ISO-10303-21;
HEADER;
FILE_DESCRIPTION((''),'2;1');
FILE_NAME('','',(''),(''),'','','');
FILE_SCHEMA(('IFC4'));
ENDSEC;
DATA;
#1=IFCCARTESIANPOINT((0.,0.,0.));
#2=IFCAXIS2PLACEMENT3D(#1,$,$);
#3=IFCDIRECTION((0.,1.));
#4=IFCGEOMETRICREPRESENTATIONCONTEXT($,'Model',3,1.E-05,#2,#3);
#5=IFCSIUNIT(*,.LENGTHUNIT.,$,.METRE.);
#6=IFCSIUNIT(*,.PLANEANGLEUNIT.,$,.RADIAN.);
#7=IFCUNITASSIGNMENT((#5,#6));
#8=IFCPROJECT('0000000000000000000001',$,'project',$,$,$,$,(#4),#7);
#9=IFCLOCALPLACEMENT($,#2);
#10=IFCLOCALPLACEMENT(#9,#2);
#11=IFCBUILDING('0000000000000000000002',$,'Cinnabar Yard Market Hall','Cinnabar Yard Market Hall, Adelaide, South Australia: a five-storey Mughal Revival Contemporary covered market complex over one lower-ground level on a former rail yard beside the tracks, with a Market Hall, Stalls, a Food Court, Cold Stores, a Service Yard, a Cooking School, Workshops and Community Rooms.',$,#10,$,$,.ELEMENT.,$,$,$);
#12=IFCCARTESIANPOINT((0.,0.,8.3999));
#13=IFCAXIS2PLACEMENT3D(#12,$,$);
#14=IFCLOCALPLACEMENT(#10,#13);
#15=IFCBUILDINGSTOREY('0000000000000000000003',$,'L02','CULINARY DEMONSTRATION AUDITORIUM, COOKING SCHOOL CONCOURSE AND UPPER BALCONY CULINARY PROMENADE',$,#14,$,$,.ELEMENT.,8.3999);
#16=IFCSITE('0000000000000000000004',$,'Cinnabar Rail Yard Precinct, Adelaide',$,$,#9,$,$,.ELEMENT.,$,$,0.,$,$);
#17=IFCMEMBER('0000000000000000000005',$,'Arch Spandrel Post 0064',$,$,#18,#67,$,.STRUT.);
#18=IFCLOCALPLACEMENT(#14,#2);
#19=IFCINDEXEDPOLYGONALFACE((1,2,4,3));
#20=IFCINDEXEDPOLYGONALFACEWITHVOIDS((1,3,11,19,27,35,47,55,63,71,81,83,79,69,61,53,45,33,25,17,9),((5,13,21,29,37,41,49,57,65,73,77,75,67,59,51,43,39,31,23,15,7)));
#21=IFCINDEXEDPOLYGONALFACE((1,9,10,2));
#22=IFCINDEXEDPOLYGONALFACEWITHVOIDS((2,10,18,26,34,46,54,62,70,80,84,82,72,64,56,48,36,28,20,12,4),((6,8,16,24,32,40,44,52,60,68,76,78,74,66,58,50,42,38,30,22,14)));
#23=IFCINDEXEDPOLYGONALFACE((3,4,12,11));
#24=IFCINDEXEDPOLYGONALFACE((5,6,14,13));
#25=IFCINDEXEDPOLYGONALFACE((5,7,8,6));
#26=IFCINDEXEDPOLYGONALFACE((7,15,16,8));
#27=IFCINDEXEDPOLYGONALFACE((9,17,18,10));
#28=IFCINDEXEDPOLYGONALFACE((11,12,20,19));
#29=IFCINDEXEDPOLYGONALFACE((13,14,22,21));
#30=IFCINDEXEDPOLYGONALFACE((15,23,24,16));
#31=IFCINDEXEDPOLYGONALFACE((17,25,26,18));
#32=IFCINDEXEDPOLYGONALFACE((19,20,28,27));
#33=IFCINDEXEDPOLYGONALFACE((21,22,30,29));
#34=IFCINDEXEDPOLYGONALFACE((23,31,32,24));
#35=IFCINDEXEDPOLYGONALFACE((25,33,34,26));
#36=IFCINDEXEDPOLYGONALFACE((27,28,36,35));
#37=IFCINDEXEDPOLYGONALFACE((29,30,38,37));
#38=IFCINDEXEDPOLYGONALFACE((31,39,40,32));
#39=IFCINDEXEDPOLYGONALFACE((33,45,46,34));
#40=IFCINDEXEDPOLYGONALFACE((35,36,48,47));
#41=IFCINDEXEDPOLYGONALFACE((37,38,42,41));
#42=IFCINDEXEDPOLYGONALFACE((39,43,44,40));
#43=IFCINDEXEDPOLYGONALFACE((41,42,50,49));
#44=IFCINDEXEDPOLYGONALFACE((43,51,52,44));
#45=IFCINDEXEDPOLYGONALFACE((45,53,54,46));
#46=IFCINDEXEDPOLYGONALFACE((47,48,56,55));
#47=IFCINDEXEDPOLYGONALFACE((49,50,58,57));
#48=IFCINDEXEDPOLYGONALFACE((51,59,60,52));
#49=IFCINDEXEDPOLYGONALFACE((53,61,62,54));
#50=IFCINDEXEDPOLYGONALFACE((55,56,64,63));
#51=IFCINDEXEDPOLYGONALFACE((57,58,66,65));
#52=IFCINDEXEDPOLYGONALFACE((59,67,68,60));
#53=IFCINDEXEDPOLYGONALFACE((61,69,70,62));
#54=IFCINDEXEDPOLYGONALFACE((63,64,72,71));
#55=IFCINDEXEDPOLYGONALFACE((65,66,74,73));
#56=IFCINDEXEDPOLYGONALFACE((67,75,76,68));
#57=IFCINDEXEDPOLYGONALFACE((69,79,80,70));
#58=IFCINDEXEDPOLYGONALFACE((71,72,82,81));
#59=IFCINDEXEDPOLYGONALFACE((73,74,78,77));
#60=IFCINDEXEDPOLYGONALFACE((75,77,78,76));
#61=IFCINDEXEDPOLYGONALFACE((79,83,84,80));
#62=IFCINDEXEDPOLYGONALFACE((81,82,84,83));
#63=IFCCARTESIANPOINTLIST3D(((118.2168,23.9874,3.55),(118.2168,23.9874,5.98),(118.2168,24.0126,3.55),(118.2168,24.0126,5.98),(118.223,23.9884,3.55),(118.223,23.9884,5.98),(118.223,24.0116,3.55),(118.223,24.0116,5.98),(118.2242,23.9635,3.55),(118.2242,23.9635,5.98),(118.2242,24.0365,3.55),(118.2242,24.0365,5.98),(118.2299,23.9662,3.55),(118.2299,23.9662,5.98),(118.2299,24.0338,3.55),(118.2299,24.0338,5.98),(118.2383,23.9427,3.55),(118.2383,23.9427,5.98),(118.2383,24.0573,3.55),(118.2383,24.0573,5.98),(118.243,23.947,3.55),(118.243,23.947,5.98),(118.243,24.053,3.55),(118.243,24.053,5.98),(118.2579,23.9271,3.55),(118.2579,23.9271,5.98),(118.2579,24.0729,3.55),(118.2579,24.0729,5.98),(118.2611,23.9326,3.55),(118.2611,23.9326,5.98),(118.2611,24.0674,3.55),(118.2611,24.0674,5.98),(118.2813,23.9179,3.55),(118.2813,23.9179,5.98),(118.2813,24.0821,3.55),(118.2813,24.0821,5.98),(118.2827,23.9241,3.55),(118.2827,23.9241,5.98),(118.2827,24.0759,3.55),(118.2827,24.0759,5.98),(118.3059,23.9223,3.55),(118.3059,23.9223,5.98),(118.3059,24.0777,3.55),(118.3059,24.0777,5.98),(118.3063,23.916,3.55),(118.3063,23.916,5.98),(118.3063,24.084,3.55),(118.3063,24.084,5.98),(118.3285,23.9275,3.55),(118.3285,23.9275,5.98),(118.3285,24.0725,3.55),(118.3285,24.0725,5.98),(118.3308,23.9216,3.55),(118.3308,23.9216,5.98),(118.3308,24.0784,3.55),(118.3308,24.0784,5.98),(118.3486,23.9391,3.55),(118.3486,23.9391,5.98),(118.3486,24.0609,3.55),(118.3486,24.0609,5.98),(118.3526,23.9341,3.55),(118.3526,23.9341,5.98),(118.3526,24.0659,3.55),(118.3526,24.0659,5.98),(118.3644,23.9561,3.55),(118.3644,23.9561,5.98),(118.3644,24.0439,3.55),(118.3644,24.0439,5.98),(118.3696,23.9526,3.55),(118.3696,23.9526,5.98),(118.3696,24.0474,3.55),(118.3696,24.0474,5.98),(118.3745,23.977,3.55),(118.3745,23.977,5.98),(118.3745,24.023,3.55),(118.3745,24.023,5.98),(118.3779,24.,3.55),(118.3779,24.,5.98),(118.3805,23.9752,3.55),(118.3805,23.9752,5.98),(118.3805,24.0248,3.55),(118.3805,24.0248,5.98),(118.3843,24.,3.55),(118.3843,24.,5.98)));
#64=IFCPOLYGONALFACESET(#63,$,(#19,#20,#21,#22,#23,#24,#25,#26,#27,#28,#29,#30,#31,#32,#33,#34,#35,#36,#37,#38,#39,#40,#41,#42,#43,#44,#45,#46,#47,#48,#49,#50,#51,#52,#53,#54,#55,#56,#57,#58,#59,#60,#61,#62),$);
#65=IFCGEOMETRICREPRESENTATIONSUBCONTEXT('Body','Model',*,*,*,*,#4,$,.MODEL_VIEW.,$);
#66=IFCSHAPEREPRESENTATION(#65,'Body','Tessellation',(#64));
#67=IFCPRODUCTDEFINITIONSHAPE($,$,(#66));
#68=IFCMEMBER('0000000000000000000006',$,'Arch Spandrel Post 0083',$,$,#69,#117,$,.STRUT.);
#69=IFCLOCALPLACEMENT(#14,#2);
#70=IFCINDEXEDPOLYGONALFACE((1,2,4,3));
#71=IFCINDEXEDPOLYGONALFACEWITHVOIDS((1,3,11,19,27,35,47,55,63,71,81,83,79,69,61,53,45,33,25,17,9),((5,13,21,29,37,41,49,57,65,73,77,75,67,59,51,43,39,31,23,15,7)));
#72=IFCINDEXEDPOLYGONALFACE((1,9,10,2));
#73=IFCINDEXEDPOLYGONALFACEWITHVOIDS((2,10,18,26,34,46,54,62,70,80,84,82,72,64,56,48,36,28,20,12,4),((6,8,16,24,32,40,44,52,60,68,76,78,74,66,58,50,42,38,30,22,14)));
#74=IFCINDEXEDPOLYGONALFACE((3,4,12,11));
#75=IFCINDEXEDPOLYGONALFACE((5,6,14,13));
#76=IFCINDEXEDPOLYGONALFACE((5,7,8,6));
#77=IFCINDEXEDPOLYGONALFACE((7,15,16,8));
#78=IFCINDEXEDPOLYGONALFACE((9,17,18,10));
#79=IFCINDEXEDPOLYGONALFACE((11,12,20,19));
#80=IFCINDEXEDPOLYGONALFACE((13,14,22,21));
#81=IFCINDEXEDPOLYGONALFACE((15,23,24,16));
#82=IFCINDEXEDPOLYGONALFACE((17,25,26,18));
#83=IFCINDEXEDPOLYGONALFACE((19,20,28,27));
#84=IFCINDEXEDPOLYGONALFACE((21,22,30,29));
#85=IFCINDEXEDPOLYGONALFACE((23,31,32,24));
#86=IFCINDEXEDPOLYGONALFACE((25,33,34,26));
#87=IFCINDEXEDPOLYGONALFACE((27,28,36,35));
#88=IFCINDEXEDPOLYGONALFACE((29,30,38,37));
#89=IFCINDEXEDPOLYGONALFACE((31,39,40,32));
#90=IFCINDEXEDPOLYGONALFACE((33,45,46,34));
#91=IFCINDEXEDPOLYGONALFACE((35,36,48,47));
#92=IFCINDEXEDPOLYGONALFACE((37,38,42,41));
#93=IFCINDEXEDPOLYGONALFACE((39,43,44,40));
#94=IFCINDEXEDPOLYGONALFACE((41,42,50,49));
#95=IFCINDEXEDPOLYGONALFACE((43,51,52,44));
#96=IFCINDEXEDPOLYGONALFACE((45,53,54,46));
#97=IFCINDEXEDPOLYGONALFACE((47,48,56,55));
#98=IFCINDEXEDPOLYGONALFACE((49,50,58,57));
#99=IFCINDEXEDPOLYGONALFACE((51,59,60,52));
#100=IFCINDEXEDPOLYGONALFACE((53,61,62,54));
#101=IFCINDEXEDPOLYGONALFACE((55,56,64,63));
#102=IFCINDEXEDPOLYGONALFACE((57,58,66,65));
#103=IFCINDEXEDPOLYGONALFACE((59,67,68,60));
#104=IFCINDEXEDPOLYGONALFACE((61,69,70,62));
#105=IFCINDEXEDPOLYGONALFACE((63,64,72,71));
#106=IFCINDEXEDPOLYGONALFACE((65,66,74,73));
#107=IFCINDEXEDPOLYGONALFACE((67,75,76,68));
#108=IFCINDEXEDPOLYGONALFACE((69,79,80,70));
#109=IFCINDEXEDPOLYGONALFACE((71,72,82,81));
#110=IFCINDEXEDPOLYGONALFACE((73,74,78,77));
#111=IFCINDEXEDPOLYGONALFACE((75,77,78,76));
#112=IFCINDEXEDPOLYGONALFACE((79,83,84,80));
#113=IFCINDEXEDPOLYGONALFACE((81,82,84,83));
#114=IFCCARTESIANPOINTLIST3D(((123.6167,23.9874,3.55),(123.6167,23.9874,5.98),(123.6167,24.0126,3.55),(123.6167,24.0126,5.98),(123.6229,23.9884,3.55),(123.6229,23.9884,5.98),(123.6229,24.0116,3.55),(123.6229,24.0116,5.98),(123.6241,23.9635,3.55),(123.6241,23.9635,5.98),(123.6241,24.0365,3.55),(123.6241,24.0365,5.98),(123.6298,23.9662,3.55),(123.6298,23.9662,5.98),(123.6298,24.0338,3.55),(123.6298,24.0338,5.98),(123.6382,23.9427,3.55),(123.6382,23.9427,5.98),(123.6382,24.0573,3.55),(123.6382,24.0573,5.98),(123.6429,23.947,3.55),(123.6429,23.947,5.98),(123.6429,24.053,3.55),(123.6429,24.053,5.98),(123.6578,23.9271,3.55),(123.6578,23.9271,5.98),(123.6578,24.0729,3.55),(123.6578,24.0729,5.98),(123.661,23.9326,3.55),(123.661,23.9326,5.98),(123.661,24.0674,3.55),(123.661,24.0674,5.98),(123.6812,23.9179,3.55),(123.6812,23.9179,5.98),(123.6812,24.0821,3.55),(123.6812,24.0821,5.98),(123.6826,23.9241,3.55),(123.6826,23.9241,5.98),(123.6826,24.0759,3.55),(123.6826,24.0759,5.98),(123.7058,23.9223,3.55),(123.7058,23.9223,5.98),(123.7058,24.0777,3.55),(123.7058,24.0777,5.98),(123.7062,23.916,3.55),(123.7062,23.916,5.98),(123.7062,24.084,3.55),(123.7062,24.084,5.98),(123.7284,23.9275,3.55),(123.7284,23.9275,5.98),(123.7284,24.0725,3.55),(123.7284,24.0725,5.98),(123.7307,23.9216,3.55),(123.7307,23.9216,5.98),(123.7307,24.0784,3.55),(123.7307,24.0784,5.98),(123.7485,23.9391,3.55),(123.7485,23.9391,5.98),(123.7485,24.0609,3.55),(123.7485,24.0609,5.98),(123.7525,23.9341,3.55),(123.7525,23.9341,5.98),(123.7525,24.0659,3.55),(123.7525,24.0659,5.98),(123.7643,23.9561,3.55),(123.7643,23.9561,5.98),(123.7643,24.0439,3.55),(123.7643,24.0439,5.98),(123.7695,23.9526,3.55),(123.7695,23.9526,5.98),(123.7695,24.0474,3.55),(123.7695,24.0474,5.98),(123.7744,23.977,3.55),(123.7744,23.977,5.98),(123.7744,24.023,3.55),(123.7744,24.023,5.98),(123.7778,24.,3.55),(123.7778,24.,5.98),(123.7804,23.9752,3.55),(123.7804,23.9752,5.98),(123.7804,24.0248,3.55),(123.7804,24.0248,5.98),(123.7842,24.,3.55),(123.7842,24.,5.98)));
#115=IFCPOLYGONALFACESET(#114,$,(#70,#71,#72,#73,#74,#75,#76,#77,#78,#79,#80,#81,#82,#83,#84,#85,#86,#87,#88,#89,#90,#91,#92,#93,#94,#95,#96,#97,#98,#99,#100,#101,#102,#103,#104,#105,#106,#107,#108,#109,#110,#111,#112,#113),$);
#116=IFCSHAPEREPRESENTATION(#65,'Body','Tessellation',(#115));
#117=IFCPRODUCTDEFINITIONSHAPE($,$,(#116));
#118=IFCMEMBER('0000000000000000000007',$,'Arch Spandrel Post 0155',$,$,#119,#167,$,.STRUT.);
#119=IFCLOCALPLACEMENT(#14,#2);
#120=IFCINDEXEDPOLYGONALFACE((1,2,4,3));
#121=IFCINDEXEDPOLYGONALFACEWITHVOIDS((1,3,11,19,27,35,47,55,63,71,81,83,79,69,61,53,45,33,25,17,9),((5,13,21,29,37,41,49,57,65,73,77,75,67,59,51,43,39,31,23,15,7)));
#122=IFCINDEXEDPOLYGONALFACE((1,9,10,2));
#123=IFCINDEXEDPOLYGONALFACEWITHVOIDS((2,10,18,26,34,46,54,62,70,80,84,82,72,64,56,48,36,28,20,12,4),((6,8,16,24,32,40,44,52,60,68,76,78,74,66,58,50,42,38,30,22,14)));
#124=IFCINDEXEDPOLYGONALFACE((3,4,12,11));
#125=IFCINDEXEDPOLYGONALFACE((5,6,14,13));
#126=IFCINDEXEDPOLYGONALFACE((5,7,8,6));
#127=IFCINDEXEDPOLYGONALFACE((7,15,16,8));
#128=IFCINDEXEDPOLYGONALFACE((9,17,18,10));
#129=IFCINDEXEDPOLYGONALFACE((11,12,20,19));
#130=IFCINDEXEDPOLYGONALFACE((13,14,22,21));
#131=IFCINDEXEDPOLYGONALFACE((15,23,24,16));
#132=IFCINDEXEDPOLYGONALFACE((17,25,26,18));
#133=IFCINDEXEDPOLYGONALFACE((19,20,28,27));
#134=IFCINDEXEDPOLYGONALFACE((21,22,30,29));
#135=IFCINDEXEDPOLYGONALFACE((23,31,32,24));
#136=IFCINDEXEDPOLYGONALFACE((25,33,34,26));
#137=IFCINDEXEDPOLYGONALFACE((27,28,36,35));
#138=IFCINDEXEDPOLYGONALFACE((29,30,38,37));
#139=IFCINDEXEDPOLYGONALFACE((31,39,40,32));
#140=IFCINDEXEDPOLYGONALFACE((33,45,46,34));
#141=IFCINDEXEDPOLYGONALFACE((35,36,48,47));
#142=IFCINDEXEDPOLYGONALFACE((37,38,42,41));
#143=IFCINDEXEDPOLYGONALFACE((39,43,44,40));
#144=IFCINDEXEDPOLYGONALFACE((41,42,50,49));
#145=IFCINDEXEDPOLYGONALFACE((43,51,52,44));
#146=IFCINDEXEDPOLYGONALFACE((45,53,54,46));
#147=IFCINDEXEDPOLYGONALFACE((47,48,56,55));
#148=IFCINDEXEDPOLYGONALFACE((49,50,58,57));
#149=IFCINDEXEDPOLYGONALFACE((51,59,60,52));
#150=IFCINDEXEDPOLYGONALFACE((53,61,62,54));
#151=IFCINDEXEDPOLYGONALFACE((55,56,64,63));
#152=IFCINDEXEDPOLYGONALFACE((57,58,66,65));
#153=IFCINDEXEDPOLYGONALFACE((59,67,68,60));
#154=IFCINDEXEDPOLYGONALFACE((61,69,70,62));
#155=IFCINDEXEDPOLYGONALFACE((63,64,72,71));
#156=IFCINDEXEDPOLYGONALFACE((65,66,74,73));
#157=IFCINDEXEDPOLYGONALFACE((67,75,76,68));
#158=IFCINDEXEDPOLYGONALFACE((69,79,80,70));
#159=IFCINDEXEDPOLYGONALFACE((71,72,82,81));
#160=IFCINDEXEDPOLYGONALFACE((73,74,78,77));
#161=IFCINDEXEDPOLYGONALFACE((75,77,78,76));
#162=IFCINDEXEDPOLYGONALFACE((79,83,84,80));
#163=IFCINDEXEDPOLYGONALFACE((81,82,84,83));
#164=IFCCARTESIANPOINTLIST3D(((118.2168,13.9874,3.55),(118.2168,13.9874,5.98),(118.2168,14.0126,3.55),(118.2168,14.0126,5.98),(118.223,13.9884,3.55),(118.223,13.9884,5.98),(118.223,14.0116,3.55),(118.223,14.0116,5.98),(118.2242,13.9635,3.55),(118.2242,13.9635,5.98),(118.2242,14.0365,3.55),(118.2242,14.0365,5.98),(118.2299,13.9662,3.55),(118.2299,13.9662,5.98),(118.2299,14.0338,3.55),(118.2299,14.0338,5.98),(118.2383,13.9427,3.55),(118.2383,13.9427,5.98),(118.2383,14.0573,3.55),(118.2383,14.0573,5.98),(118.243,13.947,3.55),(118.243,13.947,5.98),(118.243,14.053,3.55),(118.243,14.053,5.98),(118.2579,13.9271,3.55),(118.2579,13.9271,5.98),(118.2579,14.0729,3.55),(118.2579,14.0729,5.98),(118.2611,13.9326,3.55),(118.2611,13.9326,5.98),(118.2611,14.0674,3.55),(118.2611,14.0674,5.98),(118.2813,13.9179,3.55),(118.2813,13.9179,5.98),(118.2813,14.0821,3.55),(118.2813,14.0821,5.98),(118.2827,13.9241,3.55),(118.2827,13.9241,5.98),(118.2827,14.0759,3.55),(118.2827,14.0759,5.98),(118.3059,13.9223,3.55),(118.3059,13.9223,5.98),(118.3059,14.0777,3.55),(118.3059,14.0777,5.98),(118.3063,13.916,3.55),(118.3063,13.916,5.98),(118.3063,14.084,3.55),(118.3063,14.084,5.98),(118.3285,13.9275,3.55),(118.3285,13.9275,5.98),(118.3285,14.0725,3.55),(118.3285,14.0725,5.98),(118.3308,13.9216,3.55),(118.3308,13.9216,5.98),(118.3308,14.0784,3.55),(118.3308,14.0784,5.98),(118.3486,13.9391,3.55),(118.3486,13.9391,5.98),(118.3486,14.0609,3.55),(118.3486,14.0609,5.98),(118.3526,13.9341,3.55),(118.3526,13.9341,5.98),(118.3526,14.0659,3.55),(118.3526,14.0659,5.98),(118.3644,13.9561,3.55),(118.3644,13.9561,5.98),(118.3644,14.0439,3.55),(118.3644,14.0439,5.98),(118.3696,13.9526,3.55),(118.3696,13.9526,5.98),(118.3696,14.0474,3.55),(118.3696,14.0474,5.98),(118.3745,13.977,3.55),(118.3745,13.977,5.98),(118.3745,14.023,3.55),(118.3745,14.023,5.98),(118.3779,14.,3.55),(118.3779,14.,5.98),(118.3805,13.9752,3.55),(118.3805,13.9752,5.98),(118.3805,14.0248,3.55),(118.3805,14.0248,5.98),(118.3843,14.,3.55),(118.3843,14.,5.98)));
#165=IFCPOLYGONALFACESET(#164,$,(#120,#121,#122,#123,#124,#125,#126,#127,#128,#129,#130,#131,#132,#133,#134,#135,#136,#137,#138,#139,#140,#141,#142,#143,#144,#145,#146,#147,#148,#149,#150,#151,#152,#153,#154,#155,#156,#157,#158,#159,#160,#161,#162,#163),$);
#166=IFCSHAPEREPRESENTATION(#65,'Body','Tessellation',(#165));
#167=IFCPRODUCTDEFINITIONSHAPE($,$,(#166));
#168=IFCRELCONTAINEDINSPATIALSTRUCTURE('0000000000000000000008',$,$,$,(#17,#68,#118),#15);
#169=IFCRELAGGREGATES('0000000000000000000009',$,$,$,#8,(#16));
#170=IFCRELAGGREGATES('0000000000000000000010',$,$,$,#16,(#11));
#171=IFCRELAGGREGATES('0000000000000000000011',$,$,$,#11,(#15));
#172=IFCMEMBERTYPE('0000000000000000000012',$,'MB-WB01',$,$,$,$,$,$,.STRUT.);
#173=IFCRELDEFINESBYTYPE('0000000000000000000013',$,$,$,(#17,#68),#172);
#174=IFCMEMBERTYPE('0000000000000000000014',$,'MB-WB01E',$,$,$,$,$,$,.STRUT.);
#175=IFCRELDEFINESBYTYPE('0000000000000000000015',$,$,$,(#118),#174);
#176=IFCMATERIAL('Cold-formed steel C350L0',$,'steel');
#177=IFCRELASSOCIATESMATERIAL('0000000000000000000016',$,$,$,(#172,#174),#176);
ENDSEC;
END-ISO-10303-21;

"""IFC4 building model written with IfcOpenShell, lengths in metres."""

from ifc_helpers import new_model, si_unit, direction, frame, origin, origin_2d_with_axis, place, context, subcontext, project, spatial, hollow_circle, extrude, material, material_profile, profile_set, type_object, element, save


model = new_model("IFC4")

# Units and contexts
model_context = context("Model", 3, precision=1e-05, world=origin(), true_north=direction((0.0, 1.0)))
body_context = subcontext(model_context, "Body", "Model", "MODEL_VIEW")
ifc_project = project(units=[si_unit("LENGTHUNIT", "METRE"), si_unit("PLANEANGLEUNIT", "RADIAN")], contexts=[model_context])

# Site, building, storey
site_placement = place(None, origin())
site = spatial("IfcSite", under=ifc_project, at=site_placement, Name="Cinnabar Rail Yard Precinct, Adelaide", CompositionType="ELEMENT", RefElevation=0.0)
building_placement = place(site_placement, origin())
building = spatial("IfcBuilding", under=site, at=building_placement, Name="Cinnabar Yard Market Hall", Description="Cinnabar Yard Market Hall, Adelaide, South Australia: a five-storey Mughal Revival Contemporary covered market complex over one lower-ground level on a former rail yard beside the tracks, with a Market Hall, Stalls, a Food Court, Cold Stores, a Service Yard, a Cooking School, Workshops and Community Rooms.", CompositionType="ELEMENT")
storey_placement = place(building_placement, frame((0.0, 0.0, 8.3999)))
storey = spatial("IfcBuildingStorey", under=building, at=storey_placement, Name="L02", Description="CULINARY DEMONSTRATION AUDITORIUM, COOKING SCHOOL CONCOURSE AND UPPER BALCONY CULINARY PROMENADE", CompositionType="ELEMENT", Elevation=8.3999)

# Members
ifc_material_1 = material(Name="Cold-formed steel C350L0", Category="steel")
ifc_material_profile_1 = material_profile(ifc_material_1, hollow_circle(Radius=0.0842, WallThickness=0.0063, at=origin_2d_with_axis()), Name="168.3x6.4CHS")
ifc_profile_set_1 = profile_set([ifc_material_profile_1], Name="Cold-formed steel C350L0")
member_type_1 = type_object("IfcMemberType", Name="MB-WB01", PredefinedType="STRUT", material=ifc_profile_set_1)
for number, where, z_axis, x_axis, name in (
    (1, (118.3, 24.0, 3.55), (0.0, 0.0, 1.0), (1.0, 0.0, 0.0), "Arch Spandrel Post 0064"),
    (2, (123.7, 24.0, 3.55), (0.0, 0.0, 1.0), (1.0, 0.0, 0.0), "Arch Spandrel Post 0083"),
):
    element("IfcMember", number, at=place(storey_placement, frame(where, z_axis=z_axis, x_axis=x_axis)), inside=storey, type_object=member_type_1, Name=name, PredefinedType="STRUT", context=body_context, shape_type="SweptSolid", body=[
        extrude(hollow_circle(Radius=0.0842, WallThickness=0.0063, at=origin_2d_with_axis()), origin(), (0.0, 0.0, 1.0), 2.4299),
    ])
ifc_material_profile_2 = material_profile(ifc_material_1, hollow_circle(Radius=0.0842, WallThickness=0.0063, at=origin_2d_with_axis()), Name="168.3x6.4CHS")
ifc_profile_set_2 = profile_set([ifc_material_profile_2], Name="Cold-formed steel C350L0")
member_type_2 = type_object("IfcMemberType", Name="MB-WB01E", PredefinedType="STRUT", material=ifc_profile_set_2)
for number, where, z_axis, x_axis, name in (
    (3, (118.3, 14.0, 3.55), (0.0, 0.0, 1.0), (1.0, 0.0, 0.0), "Arch Spandrel Post 0155"),
):
    element("IfcMember", number, at=place(storey_placement, frame(where, z_axis=z_axis, x_axis=x_axis)), inside=storey, type_object=member_type_2, Name=name, PredefinedType="STRUT", context=body_context, shape_type="SweptSolid", body=[
        extrude(hollow_circle(Radius=0.0842, WallThickness=0.0063, at=origin_2d_with_axis()), origin(), (0.0, 0.0, 1.0), 2.4299),
    ])

save(model, "model.ifc")
